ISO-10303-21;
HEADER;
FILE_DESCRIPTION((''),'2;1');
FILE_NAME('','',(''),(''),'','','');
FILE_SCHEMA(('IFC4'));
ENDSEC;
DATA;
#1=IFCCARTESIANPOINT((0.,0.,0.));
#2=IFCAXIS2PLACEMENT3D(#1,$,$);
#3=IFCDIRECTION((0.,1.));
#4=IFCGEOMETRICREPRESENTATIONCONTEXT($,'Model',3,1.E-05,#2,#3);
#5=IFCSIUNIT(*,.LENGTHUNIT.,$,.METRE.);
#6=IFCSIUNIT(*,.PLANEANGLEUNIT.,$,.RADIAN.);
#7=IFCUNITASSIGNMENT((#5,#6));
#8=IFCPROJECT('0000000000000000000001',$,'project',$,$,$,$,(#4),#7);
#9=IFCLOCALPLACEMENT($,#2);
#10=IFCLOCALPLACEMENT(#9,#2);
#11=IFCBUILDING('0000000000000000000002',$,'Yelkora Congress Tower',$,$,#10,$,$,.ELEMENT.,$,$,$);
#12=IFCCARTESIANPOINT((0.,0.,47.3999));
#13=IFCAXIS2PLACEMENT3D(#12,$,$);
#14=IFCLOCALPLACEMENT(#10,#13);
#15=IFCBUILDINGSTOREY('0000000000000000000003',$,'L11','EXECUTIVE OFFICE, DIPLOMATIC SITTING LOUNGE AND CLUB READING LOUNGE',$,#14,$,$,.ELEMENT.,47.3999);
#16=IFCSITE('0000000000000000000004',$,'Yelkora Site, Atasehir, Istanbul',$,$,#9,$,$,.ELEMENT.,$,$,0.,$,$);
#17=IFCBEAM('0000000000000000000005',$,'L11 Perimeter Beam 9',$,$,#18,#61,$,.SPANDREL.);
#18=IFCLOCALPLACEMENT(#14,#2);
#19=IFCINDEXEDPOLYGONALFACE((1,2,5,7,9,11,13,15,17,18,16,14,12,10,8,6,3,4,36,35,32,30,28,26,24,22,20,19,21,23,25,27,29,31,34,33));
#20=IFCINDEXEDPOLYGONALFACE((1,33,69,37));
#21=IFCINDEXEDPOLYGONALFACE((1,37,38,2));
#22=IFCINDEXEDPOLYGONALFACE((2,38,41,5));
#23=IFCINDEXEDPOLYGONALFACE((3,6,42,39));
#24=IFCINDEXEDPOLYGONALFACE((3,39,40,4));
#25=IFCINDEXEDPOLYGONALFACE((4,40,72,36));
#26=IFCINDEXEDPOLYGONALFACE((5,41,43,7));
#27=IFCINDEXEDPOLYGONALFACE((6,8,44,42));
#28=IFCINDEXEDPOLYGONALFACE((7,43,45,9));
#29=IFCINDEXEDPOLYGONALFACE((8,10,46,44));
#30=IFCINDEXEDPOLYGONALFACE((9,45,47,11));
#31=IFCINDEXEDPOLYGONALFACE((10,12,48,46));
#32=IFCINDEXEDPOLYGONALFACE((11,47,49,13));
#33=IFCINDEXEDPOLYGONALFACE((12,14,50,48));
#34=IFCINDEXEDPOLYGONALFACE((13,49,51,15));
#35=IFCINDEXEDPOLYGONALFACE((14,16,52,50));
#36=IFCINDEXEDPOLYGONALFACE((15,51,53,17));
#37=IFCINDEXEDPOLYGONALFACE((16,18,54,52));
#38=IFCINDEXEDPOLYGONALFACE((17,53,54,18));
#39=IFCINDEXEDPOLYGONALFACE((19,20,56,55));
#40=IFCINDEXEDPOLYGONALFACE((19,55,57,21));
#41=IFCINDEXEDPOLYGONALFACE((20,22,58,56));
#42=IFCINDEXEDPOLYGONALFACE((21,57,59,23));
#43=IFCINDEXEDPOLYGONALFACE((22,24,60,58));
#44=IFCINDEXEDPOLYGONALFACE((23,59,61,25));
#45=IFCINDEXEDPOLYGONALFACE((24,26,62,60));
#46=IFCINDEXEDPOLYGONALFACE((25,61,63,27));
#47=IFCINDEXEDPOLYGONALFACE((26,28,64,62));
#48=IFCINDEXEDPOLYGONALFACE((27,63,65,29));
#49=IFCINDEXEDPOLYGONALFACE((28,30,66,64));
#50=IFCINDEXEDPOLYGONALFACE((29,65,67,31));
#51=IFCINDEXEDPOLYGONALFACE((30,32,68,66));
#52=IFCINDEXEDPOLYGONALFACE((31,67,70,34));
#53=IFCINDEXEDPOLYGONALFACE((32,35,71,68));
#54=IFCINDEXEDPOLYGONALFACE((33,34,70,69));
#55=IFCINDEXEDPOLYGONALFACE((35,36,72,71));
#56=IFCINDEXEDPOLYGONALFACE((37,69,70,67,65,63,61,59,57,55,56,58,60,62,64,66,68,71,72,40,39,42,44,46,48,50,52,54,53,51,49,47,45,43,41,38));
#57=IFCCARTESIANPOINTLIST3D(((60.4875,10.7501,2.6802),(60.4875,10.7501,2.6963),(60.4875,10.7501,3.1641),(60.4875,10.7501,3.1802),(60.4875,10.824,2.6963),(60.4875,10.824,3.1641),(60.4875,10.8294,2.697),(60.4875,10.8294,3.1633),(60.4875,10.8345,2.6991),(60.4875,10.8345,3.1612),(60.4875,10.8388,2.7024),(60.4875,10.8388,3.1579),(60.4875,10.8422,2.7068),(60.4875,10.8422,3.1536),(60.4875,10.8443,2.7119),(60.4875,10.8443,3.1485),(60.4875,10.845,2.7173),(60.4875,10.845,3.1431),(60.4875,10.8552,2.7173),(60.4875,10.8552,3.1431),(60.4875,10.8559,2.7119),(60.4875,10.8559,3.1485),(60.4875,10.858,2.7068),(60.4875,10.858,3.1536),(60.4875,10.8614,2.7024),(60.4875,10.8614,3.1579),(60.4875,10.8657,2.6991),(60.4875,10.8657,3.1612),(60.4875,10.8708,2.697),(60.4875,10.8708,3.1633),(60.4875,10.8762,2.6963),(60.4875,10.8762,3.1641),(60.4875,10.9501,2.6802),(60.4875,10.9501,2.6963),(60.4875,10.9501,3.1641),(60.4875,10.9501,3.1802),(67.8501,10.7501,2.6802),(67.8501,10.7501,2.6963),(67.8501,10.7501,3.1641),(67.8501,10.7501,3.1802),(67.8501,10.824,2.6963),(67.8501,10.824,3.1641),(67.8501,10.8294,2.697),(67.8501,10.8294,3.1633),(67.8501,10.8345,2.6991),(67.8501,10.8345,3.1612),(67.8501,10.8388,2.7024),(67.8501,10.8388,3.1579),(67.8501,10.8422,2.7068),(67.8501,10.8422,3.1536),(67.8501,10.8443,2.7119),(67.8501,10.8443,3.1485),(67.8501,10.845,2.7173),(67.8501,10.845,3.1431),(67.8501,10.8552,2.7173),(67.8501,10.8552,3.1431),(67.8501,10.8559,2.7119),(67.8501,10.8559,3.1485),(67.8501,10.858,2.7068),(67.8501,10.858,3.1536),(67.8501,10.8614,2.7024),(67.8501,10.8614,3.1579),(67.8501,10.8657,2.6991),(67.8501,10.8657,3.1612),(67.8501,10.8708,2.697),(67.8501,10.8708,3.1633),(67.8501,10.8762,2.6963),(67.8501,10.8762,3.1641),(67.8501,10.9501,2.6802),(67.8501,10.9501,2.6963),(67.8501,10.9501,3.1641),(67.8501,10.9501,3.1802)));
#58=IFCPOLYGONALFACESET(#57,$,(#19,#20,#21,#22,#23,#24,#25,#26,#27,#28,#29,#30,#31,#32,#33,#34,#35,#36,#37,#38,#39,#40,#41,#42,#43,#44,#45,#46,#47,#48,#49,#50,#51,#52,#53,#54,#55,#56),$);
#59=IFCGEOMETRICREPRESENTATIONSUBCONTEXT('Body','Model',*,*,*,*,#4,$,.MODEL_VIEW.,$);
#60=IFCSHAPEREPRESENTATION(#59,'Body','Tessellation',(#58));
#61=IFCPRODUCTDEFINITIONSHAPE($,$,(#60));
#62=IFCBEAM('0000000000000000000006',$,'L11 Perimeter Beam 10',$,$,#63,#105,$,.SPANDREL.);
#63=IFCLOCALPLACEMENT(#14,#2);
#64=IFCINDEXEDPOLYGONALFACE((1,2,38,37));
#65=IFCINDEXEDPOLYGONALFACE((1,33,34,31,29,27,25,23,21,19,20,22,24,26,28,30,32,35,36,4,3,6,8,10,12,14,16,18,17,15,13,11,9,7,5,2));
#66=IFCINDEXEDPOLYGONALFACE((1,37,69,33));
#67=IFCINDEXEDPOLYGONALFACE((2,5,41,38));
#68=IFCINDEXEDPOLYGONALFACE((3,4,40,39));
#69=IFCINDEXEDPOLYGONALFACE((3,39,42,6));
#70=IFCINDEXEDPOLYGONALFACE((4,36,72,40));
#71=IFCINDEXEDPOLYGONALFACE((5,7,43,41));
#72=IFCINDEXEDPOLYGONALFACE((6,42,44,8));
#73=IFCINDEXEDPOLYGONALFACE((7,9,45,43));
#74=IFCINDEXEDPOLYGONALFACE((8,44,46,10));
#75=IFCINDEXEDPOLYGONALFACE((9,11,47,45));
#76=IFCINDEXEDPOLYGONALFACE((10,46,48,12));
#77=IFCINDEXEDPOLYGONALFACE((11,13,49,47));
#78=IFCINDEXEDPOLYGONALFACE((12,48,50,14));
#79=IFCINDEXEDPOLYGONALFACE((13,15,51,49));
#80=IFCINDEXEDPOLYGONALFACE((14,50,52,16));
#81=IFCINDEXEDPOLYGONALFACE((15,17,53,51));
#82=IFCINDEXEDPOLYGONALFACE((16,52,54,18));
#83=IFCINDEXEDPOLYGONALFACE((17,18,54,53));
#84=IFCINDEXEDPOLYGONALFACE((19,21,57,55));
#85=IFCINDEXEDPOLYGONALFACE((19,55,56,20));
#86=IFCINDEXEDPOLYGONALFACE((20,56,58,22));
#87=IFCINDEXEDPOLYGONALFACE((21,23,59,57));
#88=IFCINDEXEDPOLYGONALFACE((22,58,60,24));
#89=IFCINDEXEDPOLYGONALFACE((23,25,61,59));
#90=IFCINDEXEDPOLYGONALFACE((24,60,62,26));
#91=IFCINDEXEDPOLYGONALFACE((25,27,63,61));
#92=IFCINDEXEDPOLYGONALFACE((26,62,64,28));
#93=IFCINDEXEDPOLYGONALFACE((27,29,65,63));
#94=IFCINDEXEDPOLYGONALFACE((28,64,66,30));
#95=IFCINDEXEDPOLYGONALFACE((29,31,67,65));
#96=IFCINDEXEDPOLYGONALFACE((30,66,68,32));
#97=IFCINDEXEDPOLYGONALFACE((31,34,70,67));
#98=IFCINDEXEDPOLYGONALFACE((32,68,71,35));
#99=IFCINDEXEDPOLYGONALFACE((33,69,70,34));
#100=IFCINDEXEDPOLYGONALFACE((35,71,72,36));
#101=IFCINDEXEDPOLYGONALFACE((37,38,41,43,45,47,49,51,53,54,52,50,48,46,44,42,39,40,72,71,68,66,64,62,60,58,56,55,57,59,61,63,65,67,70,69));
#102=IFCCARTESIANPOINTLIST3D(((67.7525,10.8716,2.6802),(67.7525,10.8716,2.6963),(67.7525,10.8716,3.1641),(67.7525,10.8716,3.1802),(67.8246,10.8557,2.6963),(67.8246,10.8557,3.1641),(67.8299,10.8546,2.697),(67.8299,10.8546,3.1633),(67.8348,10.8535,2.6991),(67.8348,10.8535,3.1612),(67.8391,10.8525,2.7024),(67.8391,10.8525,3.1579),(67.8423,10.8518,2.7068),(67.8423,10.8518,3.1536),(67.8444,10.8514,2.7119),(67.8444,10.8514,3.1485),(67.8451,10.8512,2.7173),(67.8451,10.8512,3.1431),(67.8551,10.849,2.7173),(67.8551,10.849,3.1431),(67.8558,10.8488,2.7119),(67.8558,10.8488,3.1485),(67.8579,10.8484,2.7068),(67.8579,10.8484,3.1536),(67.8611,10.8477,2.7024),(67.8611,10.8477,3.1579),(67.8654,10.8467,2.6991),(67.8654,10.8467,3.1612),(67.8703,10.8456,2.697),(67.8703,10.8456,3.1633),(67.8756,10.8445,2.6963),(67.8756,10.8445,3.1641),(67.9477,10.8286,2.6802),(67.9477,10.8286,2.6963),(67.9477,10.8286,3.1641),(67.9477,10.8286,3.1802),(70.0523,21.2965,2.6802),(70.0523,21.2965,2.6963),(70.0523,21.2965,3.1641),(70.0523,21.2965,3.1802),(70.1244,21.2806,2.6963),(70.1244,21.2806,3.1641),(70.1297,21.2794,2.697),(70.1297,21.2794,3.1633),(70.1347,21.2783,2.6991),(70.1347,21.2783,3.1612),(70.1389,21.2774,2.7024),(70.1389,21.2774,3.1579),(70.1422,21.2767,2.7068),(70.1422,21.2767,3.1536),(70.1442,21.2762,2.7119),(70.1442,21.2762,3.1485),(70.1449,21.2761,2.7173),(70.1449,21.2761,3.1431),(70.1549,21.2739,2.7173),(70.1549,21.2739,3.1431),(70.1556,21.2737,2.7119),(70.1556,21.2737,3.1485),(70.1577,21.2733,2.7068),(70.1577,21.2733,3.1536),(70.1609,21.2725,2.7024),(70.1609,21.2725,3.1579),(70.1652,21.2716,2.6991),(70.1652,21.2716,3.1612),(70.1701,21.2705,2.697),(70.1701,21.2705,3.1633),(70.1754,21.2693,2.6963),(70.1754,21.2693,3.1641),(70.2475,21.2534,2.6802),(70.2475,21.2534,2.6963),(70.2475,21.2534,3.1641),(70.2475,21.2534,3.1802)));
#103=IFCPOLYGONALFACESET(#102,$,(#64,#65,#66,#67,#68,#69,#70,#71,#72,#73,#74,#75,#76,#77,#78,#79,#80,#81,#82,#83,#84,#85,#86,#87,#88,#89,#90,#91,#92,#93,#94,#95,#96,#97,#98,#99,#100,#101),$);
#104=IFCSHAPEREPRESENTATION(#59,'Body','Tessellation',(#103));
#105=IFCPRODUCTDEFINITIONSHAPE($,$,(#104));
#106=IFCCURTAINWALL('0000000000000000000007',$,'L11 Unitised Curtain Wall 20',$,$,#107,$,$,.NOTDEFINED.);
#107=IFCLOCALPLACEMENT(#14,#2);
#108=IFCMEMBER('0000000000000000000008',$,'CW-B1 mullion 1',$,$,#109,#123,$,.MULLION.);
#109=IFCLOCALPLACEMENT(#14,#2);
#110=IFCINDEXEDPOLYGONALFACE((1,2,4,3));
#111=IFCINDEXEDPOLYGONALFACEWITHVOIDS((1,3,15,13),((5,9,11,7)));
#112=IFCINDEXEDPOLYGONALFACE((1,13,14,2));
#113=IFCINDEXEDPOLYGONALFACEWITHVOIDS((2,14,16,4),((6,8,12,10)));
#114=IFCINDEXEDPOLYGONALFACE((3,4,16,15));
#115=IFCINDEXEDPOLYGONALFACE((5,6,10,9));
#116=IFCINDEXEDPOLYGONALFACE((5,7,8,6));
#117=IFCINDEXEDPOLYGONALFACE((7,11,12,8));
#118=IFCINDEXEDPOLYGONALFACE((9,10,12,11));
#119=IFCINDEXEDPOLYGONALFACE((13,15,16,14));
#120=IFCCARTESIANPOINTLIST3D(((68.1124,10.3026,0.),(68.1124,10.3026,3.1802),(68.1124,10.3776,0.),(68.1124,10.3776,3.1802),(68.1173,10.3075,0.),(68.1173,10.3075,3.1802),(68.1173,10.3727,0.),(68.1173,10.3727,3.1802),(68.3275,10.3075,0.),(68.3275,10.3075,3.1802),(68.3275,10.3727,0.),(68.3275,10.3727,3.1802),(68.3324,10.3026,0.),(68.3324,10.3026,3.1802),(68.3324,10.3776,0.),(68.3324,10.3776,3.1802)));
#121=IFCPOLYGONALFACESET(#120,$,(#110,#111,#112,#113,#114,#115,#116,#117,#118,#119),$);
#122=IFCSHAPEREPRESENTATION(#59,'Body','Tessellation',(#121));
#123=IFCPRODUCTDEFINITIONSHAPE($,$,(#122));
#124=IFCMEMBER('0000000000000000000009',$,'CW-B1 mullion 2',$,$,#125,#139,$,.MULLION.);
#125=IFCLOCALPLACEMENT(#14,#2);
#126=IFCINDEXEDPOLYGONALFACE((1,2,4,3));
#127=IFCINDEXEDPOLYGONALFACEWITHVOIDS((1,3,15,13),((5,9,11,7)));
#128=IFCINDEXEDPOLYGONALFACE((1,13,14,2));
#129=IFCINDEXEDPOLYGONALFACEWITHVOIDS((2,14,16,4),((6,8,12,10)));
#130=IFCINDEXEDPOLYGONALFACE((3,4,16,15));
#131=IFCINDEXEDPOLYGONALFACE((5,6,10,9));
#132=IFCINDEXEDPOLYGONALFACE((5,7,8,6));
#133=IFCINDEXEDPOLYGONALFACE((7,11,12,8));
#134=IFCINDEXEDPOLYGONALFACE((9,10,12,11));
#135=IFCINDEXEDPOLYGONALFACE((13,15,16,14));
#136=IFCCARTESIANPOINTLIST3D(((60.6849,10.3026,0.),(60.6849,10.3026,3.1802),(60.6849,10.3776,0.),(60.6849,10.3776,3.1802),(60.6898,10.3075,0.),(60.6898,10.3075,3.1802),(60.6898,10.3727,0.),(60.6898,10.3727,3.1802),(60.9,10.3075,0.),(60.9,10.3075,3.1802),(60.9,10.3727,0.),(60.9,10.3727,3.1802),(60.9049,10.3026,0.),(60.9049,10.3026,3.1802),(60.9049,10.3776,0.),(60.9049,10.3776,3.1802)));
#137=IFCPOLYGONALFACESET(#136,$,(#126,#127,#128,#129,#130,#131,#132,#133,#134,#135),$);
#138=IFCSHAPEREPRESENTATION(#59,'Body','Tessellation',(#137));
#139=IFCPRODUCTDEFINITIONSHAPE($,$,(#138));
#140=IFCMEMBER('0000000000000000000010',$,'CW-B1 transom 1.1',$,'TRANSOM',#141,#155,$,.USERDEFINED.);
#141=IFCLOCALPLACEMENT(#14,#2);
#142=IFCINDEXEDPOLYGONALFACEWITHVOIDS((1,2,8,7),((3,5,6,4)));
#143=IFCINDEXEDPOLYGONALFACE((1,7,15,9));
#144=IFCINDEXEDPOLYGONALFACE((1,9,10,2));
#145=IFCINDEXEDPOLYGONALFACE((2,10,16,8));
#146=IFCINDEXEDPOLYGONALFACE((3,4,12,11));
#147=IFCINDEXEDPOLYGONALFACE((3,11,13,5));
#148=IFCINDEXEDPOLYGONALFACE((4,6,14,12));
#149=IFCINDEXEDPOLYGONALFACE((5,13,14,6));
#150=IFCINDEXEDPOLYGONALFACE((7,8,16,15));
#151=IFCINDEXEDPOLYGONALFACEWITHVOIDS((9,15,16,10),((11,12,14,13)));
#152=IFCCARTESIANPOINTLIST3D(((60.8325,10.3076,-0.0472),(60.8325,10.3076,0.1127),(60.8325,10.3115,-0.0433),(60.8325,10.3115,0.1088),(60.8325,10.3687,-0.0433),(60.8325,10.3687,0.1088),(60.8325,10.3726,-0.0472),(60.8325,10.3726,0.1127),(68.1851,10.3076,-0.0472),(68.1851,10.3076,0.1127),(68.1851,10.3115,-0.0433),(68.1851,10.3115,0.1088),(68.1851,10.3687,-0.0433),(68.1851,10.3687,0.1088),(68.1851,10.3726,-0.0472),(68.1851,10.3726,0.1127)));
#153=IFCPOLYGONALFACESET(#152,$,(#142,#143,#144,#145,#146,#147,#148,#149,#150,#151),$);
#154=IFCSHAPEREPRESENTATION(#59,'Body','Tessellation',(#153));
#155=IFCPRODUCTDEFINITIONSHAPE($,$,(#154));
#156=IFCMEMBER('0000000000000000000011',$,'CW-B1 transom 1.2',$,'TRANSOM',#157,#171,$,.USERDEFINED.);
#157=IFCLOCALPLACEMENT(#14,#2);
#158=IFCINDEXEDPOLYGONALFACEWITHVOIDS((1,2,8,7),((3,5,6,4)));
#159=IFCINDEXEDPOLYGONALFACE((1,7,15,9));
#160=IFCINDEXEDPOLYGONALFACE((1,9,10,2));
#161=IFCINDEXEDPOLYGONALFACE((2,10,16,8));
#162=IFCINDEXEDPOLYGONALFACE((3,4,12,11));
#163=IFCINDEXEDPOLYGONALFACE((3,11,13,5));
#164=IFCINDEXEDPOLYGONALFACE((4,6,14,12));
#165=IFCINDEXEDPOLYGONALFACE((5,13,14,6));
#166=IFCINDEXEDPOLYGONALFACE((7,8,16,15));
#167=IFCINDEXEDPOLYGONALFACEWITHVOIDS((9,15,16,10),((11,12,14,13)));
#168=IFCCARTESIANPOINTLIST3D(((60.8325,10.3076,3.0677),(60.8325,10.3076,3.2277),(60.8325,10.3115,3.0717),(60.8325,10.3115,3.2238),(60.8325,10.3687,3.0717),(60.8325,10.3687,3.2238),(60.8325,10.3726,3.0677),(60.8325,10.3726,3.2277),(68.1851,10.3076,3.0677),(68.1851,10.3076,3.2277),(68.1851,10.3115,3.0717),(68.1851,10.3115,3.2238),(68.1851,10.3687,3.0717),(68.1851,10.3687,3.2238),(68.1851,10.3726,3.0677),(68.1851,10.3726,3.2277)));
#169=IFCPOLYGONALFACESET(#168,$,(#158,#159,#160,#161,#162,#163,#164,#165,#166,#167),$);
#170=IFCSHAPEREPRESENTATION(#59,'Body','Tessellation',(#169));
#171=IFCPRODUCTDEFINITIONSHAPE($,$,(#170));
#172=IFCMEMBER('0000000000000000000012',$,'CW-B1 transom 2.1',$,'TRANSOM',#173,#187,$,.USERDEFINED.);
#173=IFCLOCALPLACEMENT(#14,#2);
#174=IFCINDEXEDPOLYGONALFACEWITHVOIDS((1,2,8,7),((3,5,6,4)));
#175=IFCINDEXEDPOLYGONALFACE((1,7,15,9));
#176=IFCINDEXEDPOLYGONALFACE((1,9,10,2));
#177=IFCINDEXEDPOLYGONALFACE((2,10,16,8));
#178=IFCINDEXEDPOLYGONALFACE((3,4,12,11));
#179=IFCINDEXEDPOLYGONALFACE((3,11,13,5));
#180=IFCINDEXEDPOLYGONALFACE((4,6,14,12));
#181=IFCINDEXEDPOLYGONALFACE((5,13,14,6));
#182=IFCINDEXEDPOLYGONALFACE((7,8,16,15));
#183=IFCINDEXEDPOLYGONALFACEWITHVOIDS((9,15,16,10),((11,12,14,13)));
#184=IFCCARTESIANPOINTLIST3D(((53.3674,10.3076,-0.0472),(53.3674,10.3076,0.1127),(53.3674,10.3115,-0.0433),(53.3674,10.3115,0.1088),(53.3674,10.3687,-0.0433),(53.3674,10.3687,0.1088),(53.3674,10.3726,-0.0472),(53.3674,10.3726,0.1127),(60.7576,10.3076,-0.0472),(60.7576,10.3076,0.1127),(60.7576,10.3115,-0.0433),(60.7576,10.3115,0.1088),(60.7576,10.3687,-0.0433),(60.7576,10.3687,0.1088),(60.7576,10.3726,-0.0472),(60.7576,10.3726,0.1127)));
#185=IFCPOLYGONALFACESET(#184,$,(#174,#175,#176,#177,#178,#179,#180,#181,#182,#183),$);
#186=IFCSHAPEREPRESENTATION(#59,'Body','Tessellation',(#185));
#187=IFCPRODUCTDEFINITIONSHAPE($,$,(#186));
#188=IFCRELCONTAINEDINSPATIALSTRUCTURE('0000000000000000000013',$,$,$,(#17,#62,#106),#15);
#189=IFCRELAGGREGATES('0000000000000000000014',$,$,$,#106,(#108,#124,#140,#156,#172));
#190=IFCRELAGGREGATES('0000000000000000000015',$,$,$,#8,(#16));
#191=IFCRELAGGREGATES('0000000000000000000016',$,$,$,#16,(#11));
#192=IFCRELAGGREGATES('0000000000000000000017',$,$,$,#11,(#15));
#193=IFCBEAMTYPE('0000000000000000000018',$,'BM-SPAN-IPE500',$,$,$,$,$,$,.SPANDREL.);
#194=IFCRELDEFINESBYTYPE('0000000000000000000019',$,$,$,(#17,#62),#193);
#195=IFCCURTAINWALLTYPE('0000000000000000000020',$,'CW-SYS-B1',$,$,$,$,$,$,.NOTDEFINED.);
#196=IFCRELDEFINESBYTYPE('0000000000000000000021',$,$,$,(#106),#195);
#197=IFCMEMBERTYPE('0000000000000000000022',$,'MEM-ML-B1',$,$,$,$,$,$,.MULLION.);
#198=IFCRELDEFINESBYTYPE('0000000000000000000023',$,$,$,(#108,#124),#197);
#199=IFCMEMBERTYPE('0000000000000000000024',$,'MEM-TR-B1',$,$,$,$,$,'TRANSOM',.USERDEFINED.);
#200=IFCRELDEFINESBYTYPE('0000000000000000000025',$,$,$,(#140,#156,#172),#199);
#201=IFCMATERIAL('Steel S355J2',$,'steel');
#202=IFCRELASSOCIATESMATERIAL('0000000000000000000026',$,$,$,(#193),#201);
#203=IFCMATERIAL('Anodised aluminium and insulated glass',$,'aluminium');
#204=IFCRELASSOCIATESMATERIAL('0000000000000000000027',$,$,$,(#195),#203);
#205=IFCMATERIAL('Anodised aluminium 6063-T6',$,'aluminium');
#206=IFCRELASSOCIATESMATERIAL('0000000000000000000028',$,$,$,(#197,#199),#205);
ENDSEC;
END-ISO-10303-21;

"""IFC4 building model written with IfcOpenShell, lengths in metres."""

from ifc_helpers import new_model, si_unit, direction, frame, origin, origin_2d, place, context, subcontext, project, spatial, hollow_rectangle, i_section, extrude, material, material_profile, profile_set, type_object, element, aggregate, save


model = new_model("IFC4")

# Units and contexts
model_context = context("Model", 3, precision=1e-05, world=origin(), true_north=direction((0.0, 1.0)))
body_context = subcontext(model_context, "Body", "Model", "MODEL_VIEW")
ifc_project = project(units=[si_unit("LENGTHUNIT", "METRE"), si_unit("PLANEANGLEUNIT", "RADIAN")], contexts=[model_context])

# Site, building, storey
site_placement = place(None, origin())
site = spatial("IfcSite", under=ifc_project, at=site_placement, Name="Yelkora Site, Atasehir, Istanbul", CompositionType="ELEMENT", RefElevation=0.0)
building_placement = place(site_placement, origin())
building = spatial("IfcBuilding", under=site, at=building_placement, Name="Yelkora Congress Tower", CompositionType="ELEMENT")
storey_placement = place(building_placement, frame((0.0, 0.0, 47.3999)))
storey = spatial("IfcBuildingStorey", under=building, at=storey_placement, Name="L11", Description="EXECUTIVE OFFICE, DIPLOMATIC SITTING LOUNGE AND CLUB READING LOUNGE", CompositionType="ELEMENT", Elevation=47.3999)

# Beams
ifc_material_1 = material(Name="Steel S355J2", Category="steel")
ifc_material_profile_1 = material_profile(ifc_material_1, i_section(OverallWidth=0.2, OverallDepth=0.5, WebThickness=0.0103, FlangeThickness=0.0161, FilletRadius=0.021, at=origin_2d()), Name="IPE 500")
ifc_profile_set_1 = profile_set([ifc_material_profile_1], Name="Steel S355J2")
beam_type_1 = type_object("IfcBeamType", Name="BM-SPAN-IPE500", PredefinedType="SPANDREL", material=ifc_profile_set_1)
beam_1_placement = place(storey_placement, frame((60.4875, 10.8501, 2.9302), z_axis=(1.0, 0.0, 0.0), x_axis=(0.0, 1.0, 0.0)))
element("IfcBeam", 1, at=beam_1_placement, inside=storey, type_object=beam_type_1, Name="L11 Perimeter Beam 9", PredefinedType="SPANDREL", context=body_context, shape_type="SweptSolid", body=[
    extrude(i_section(OverallWidth=0.2, OverallDepth=0.5, WebThickness=0.0103, FlangeThickness=0.0161, FilletRadius=0.021, at=origin_2d()), origin(), (0.0, 0.0, 1.0), 7.3625),
])
beam_2_placement = place(storey_placement, frame((67.8501, 10.8501, 2.9302), z_axis=(0.215429, 0.97652, 0.0), x_axis=(-0.97652, 0.215429, 0.0)))
element("IfcBeam", 2, at=beam_2_placement, inside=storey, type_object=beam_type_1, Name="L11 Perimeter Beam 10", PredefinedType="SPANDREL", context=body_context, shape_type="SweptSolid", body=[
    extrude(i_section(OverallWidth=0.2, OverallDepth=0.5, WebThickness=0.0103, FlangeThickness=0.0161, FilletRadius=0.021, at=origin_2d()), origin(), (0.0, 0.0, 1.0), 10.6755),
])

# Curtain wall, members
ifc_material_2 = material(Name="Anodised aluminium and insulated glass", Category="aluminium")
curtain_wall_type = type_object("IfcCurtainWallType", Name="CW-SYS-B1", PredefinedType="NOTDEFINED", material=ifc_material_2)
curtain_wall_placement = place(storey_placement, origin())
curtain_wall = element("IfcCurtainWall", 3, at=curtain_wall_placement, inside=storey, type_object=curtain_wall_type, Name="L11 Unitised Curtain Wall 20", PredefinedType="NOTDEFINED")
ifc_material_3 = material(Name="Anodised aluminium 6063-T6", Category="aluminium")
ifc_material_profile_2 = material_profile(ifc_material_3, hollow_rectangle(XDim=0.075, YDim=0.22, WallThickness=0.0049, at=origin_2d()), Name="ALU 75x220x5")
ifc_profile_set_2 = profile_set([ifc_material_profile_2], Name="Anodised aluminium 6063-T6")
member_type_1 = type_object("IfcMemberType", Name="MEM-ML-B1", PredefinedType="MULLION", material=ifc_profile_set_2)
member_1_placement = place(storey_placement, frame((68.2224, 10.3401, 0.0), z_axis=(0.0, 0.0, 1.0), x_axis=(0.0, -1.0, 0.0)))
member_1 = element("IfcMember", 4, at=member_1_placement, type_object=member_type_1, Name="CW-B1 mullion 1", PredefinedType="MULLION", context=body_context, shape_type="SweptSolid", body=[
    extrude(hollow_rectangle(XDim=0.075, YDim=0.22, WallThickness=0.0049, at=origin_2d()), origin(), (0.0, 0.0, 1.0), 3.1802),
])
member_2_placement = place(storey_placement, frame((60.7949, 10.3401, 0.0), z_axis=(0.0, 0.0, 1.0), x_axis=(0.0, -1.0, 0.0)))
member_2 = element("IfcMember", 5, at=member_2_placement, type_object=member_type_1, Name="CW-B1 mullion 2", PredefinedType="MULLION", context=body_context, shape_type="SweptSolid", body=[
    extrude(hollow_rectangle(XDim=0.075, YDim=0.22, WallThickness=0.0049, at=origin_2d()), origin(), (0.0, 0.0, 1.0), 3.1802),
])
ifc_material_profile_3 = material_profile(ifc_material_3, hollow_rectangle(XDim=0.0649, YDim=0.1599, WallThickness=0.0039, at=origin_2d()), Name="ALU 65x160x4")
ifc_profile_set_3 = profile_set([ifc_material_profile_3], Name="Anodised aluminium 6063-T6")
member_type_2 = type_object("IfcMemberType", Name="MEM-TR-B1", ElementType="TRANSOM", PredefinedType="USERDEFINED", material=ifc_profile_set_3)
member_3_placement = place(storey_placement, frame((68.1851, 10.3401, 0.0327), z_axis=(-1.0, 0.0, 0.0), x_axis=(0.0, -1.0, 0.0)))
member_3 = element("IfcMember", 6, at=member_3_placement, type_object=member_type_2, Name="CW-B1 transom 1.1", ObjectType="TRANSOM", PredefinedType="USERDEFINED", context=body_context, shape_type="SweptSolid", body=[
    extrude(hollow_rectangle(XDim=0.0649, YDim=0.1599, WallThickness=0.0039, at=origin_2d()), origin(), (0.0, 0.0, 1.0), 7.3525),
])
member_4_placement = place(storey_placement, frame((68.1851, 10.3401, 3.1477), z_axis=(-1.0, 0.0, 0.0), x_axis=(0.0, -1.0, 0.0)))
member_4 = element("IfcMember", 7, at=member_4_placement, type_object=member_type_2, Name="CW-B1 transom 1.2", ObjectType="TRANSOM", PredefinedType="USERDEFINED", context=body_context, shape_type="SweptSolid", body=[
    extrude(hollow_rectangle(XDim=0.0649, YDim=0.1599, WallThickness=0.0039, at=origin_2d()), origin(), (0.0, 0.0, 1.0), 7.3525),
])
member_5_placement = place(storey_placement, frame((60.7576, 10.3401, 0.0327), z_axis=(-1.0, 0.0, 0.0), x_axis=(0.0, -1.0, 0.0)))
member_5 = element("IfcMember", 8, at=member_5_placement, type_object=member_type_2, Name="CW-B1 transom 2.1", ObjectType="TRANSOM", PredefinedType="USERDEFINED", context=body_context, shape_type="SweptSolid", body=[
    extrude(hollow_rectangle(XDim=0.0649, YDim=0.1599, WallThickness=0.0039, at=origin_2d()), origin(), (0.0, 0.0, 1.0), 7.3901),
])
aggregate(curtain_wall, [member_1, member_2, member_3, member_4, member_5])

save(model, "model.ifc")
